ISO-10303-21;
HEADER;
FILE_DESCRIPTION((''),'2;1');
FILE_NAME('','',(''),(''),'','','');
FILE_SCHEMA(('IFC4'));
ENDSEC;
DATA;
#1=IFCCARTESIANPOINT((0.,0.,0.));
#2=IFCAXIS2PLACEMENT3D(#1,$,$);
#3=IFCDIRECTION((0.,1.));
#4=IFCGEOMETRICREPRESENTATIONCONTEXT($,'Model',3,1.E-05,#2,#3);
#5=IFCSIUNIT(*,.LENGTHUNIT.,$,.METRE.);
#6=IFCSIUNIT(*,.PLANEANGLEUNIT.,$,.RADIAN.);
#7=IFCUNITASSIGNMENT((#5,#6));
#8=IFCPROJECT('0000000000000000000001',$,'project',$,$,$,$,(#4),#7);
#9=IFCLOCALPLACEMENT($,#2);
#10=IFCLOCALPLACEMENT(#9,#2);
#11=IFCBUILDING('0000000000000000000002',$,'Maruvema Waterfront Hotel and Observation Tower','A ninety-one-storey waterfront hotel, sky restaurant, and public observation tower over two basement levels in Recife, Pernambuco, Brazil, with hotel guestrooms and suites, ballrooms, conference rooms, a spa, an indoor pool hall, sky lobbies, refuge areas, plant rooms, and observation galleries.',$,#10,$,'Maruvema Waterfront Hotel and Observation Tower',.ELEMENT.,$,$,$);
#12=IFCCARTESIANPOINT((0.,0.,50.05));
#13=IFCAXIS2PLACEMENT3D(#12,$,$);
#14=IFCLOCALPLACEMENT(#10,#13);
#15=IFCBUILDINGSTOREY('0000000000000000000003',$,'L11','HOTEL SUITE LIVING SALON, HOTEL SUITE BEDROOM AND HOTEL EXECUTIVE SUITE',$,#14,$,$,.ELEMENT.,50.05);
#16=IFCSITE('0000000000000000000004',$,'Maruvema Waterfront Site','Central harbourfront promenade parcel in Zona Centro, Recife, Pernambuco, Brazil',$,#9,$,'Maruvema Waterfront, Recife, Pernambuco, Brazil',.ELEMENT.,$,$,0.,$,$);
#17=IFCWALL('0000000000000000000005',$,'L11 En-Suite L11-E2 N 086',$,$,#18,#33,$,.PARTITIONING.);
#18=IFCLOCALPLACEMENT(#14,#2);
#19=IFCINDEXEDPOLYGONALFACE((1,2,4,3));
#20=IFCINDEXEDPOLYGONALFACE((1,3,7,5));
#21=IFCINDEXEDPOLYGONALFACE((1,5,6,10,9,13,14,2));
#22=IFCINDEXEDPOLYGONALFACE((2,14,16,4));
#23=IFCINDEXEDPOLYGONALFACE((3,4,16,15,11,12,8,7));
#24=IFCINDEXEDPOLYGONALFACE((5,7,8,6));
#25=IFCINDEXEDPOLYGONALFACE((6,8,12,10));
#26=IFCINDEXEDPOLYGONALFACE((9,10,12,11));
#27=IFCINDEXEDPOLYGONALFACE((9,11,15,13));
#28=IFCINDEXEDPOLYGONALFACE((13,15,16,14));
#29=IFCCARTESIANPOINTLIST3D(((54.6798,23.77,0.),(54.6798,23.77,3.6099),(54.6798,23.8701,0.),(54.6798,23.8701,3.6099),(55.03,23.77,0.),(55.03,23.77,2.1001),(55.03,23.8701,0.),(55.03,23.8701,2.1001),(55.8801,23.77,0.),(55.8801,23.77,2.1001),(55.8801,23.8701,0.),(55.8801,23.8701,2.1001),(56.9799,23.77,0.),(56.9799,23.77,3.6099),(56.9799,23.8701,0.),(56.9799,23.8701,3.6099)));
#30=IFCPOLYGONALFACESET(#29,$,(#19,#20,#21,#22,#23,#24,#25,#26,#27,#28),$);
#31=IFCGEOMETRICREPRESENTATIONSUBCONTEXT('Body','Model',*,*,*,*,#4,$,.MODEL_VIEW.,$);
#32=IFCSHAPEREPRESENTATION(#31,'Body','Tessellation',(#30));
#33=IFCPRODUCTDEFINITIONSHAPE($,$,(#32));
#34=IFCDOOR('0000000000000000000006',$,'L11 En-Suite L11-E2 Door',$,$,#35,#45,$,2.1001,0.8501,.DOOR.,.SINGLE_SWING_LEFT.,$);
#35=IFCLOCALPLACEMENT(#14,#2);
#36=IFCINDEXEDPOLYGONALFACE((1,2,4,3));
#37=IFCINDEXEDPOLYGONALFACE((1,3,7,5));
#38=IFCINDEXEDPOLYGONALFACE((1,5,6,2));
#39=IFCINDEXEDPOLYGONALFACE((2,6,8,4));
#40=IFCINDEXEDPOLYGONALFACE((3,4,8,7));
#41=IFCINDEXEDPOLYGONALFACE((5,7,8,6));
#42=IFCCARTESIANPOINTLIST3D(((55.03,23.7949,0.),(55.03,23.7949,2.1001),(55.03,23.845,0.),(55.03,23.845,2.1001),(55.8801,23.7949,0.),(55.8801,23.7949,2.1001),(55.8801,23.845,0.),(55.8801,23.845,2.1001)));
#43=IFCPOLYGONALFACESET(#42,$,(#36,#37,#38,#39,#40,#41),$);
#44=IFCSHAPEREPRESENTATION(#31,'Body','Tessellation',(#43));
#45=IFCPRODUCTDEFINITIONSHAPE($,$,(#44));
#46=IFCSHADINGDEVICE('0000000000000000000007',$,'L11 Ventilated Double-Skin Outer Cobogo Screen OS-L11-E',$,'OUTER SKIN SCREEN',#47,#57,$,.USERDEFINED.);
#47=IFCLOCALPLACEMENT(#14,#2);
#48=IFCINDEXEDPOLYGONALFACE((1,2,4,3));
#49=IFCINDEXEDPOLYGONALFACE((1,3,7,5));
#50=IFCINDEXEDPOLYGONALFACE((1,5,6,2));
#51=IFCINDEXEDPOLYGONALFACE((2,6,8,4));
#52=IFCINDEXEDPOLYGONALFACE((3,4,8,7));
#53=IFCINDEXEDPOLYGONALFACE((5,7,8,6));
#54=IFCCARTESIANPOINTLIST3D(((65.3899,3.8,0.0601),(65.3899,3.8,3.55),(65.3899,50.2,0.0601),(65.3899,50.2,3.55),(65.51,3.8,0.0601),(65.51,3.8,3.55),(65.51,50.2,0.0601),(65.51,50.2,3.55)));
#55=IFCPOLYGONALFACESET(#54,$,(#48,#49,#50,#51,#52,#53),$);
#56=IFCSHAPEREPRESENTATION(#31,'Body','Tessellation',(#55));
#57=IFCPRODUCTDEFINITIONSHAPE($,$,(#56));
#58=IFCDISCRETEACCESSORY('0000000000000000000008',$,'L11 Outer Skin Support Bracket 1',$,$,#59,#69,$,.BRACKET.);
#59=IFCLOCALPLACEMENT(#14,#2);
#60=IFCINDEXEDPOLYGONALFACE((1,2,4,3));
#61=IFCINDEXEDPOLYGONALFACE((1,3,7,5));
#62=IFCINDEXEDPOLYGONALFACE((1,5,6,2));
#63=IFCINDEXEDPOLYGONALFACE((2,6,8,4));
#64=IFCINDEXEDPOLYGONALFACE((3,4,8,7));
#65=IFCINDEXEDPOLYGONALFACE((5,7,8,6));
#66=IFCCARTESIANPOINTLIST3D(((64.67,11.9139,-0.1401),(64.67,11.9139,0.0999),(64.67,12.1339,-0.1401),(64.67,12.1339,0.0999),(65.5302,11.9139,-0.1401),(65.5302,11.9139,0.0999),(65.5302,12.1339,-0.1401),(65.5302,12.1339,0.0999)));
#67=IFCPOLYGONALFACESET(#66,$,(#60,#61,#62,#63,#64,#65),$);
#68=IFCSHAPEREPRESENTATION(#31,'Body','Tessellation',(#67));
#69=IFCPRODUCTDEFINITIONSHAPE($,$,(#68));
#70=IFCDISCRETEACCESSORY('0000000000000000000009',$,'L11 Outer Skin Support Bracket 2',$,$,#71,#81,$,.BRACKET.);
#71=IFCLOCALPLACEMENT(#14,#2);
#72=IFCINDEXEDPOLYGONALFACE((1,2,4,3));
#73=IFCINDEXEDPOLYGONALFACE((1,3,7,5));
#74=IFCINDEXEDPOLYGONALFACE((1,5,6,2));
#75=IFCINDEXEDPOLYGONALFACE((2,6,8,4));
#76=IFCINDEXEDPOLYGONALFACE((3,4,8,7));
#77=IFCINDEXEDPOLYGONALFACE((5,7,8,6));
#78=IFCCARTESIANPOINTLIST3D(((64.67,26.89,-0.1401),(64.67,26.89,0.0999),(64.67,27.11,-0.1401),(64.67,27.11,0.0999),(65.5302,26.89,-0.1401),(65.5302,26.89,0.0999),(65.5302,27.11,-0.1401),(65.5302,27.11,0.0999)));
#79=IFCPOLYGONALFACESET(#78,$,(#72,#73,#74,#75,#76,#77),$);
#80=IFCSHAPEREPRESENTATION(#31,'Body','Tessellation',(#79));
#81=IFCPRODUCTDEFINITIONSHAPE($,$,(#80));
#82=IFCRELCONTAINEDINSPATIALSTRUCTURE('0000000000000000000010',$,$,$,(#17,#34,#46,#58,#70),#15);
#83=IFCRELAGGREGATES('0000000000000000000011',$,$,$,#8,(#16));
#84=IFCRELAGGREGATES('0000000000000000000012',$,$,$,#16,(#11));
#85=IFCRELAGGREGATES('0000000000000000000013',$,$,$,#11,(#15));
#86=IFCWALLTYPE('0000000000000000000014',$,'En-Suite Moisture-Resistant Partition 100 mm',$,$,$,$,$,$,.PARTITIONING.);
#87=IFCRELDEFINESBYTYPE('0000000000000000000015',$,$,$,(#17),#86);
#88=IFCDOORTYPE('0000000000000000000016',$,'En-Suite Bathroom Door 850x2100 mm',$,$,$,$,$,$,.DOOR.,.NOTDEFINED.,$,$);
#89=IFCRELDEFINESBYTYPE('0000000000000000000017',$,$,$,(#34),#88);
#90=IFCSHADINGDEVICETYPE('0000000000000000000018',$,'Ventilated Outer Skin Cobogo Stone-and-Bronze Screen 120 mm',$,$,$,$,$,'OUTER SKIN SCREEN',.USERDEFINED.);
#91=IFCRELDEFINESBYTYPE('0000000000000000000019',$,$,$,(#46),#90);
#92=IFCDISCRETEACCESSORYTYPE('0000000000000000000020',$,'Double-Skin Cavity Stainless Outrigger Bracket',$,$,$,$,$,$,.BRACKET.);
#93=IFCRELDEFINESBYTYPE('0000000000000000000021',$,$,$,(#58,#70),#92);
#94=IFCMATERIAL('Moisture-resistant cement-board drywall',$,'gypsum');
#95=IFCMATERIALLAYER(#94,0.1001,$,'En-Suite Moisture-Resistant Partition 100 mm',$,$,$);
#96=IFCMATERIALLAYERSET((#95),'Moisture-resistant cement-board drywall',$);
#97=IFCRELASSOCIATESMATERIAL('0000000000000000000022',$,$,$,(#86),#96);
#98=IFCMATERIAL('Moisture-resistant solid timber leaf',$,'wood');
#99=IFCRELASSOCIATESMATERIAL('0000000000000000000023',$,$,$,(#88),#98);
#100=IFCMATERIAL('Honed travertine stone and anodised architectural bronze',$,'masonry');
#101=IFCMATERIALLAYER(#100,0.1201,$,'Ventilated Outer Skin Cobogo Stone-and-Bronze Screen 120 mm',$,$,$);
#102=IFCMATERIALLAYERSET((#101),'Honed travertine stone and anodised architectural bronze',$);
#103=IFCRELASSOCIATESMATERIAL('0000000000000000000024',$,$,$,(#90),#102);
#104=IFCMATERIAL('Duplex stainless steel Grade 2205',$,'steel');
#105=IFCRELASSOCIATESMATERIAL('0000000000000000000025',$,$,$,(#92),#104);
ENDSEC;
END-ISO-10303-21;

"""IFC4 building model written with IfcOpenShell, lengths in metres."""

from ifc_helpers import new_model, si_unit, direction, frame, frame_2d, origin, origin_2d, place, context, subcontext, project, spatial, rectangle, extrude, material, layer, layer_set, type_object, element, fill, save


model = new_model("IFC4")

# Units and contexts
model_context = context("Model", 3, precision=1e-05, world=origin(), true_north=direction((0.0, 1.0)))
body_context = subcontext(model_context, "Body", "Model", "MODEL_VIEW")
ifc_project = project(units=[si_unit("LENGTHUNIT", "METRE"), si_unit("PLANEANGLEUNIT", "RADIAN")], contexts=[model_context])

# Site, building, storey
site_placement = place(None, origin())
site = spatial("IfcSite", under=ifc_project, at=site_placement, Name="Maruvema Waterfront Site", Description="Central harbourfront promenade parcel in Zona Centro, Recife, Pernambuco, Brazil", LongName="Maruvema Waterfront, Recife, Pernambuco, Brazil", CompositionType="ELEMENT", RefElevation=0.0)
building_placement = place(site_placement, origin())
building = spatial("IfcBuilding", under=site, at=building_placement, Name="Maruvema Waterfront Hotel and Observation Tower", Description="A ninety-one-storey waterfront hotel, sky restaurant, and public observation tower over two basement levels in Recife, Pernambuco, Brazil, with hotel guestrooms and suites, ballrooms, conference rooms, a spa, an indoor pool hall, sky lobbies, refuge areas, plant rooms, and observation galleries.", LongName="Maruvema Waterfront Hotel and Observation Tower", CompositionType="ELEMENT")
storey_placement = place(building_placement, frame((0.0, 0.0, 50.05)))
storey = spatial("IfcBuildingStorey", under=building, at=storey_placement, Name="L11", Description="HOTEL SUITE LIVING SALON, HOTEL SUITE BEDROOM AND HOTEL EXECUTIVE SUITE", CompositionType="ELEMENT", Elevation=50.05)

# Shared definitions
ifc_material_1 = material(Name="Moisture-resistant cement-board drywall", Category="gypsum")
ifc_layer_1 = layer(ifc_material_1, 0.1001, Name="En-Suite Moisture-Resistant Partition 100 mm")
ifc_layer_set_1 = layer_set([ifc_layer_1], Name="Moisture-resistant cement-board drywall")
wall_type = type_object("IfcWallType", Name="En-Suite Moisture-Resistant Partition 100 mm", PredefinedType="PARTITIONING", material=ifc_layer_set_1)

# Shared definitions
ifc_material_2 = material(Name="Moisture-resistant solid timber leaf", Category="wood")
door_type = type_object("IfcDoorType", Name="En-Suite Bathroom Door 850x2100 mm", OperationType="NOTDEFINED", PredefinedType="DOOR", material=ifc_material_2)

# Wall, opening, door
wall_1_placement = place(storey_placement, frame((54.6799, 23.8201, 0.0), z_axis=(0.0, 0.0, 1.0), x_axis=(1.0, 0.0, 0.0)))
wall_1 = element("IfcWall", 1, at=wall_1_placement, inside=storey, type_object=wall_type, Name="L11 En-Suite L11-E2 N 086", PredefinedType="PARTITIONING", context=body_context, shape_type="SweptSolid", body=[
    extrude(rectangle(XDim=2.3, YDim=0.1001, at=frame_2d((1.1499, 0.0))), origin(), (0.0, 0.0, 1.0), 3.6099),
])
opening_1_placement = place(wall_1_placement, frame((0.3501, 0.0, 0.0)))
opening_1 = element("IfcOpeningElement", 2, at=opening_1_placement, cuts=wall_1, PredefinedType="OPENING", context=body_context, shape_type="SweptSolid", body=[
    extrude(rectangle(XDim=0.8501, YDim=2.1001, at=frame_2d((0.425, 1.05))), frame((0.0, 0.0601, 0.0), z_axis=(0.0, -1.0, 0.0), x_axis=(1.0, 0.0, 0.0)), (0.0, 0.0, 1.0), 0.1201),
])
door_1_placement = place(opening_1_placement, origin())
door_1 = element("IfcDoor", 3, at=door_1_placement, inside=storey, type_object=door_type, Name="L11 En-Suite L11-E2 Door", OperationType="SINGLE_SWING_LEFT", OverallHeight=2.1001, OverallWidth=0.8501, PredefinedType="DOOR", context=body_context, shape_type="SweptSolid", body=[
    extrude(rectangle(XDim=0.8501, YDim=2.1001, at=frame_2d((0.425, 1.05))), frame((0.0, 0.0249, 0.0), z_axis=(0.0, -1.0, 0.0), x_axis=(1.0, 0.0, 0.0)), (0.0, 0.0, 1.0), 0.05),
])
fill(opening_1, door_1)

# Shading device
ifc_material_3 = material(Name="Honed travertine stone and anodised architectural bronze", Category="masonry")
ifc_layer_2 = layer(ifc_material_3, 0.1201, Name="Ventilated Outer Skin Cobogo Stone-and-Bronze Screen 120 mm")
ifc_layer_set_2 = layer_set([ifc_layer_2], Name="Honed travertine stone and anodised architectural bronze")
shading_device_type = type_object("IfcShadingDeviceType", Name="Ventilated Outer Skin Cobogo Stone-and-Bronze Screen 120 mm", ElementType="OUTER SKIN SCREEN", PredefinedType="USERDEFINED", material=ifc_layer_set_2)
shading_device_placement = place(storey_placement, frame((65.45, 27.0, 0.0601), z_axis=(0.0, 0.0, 1.0), x_axis=(0.0, 1.0, 0.0)))
element("IfcShadingDevice", 4, at=shading_device_placement, inside=storey, type_object=shading_device_type, Name="L11 Ventilated Double-Skin Outer Cobogo Screen OS-L11-E", ObjectType="OUTER SKIN SCREEN", PredefinedType="USERDEFINED", context=body_context, shape_type="SweptSolid", body=[
    extrude(rectangle(XDim=46.3999, YDim=0.1201, at=origin_2d()), origin(), (0.0, 0.0, 1.0), 3.49),
])

# Discrete accessories
ifc_material_4 = material(Name="Duplex stainless steel Grade 2205", Category="steel")
discrete_accessory_type = type_object("IfcDiscreteAccessoryType", Name="Double-Skin Cavity Stainless Outrigger Bracket", PredefinedType="BRACKET", material=ifc_material_4)
for number, where, z_axis, x_axis, name in (
    (5, (65.1001, 12.0239, -0.1401), (0.0, 0.0, 1.0), (0.0, 1.0, 0.0), "L11 Outer Skin Support Bracket 1"),
    (6, (65.1001, 27.0, -0.1401), (0.0, 0.0, 1.0), (0.0, 1.0, 0.0), "L11 Outer Skin Support Bracket 2"),
):
    element("IfcDiscreteAccessory", number, at=place(storey_placement, frame(where, z_axis=z_axis, x_axis=x_axis)), inside=storey, type_object=discrete_accessory_type, Name=name, PredefinedType="BRACKET", context=body_context, shape_type="SweptSolid", body=[
        extrude(rectangle(XDim=0.22, YDim=0.8601, at=origin_2d()), origin(), (0.0, 0.0, 1.0), 0.24),
    ])

save(model, "model.ifc")
